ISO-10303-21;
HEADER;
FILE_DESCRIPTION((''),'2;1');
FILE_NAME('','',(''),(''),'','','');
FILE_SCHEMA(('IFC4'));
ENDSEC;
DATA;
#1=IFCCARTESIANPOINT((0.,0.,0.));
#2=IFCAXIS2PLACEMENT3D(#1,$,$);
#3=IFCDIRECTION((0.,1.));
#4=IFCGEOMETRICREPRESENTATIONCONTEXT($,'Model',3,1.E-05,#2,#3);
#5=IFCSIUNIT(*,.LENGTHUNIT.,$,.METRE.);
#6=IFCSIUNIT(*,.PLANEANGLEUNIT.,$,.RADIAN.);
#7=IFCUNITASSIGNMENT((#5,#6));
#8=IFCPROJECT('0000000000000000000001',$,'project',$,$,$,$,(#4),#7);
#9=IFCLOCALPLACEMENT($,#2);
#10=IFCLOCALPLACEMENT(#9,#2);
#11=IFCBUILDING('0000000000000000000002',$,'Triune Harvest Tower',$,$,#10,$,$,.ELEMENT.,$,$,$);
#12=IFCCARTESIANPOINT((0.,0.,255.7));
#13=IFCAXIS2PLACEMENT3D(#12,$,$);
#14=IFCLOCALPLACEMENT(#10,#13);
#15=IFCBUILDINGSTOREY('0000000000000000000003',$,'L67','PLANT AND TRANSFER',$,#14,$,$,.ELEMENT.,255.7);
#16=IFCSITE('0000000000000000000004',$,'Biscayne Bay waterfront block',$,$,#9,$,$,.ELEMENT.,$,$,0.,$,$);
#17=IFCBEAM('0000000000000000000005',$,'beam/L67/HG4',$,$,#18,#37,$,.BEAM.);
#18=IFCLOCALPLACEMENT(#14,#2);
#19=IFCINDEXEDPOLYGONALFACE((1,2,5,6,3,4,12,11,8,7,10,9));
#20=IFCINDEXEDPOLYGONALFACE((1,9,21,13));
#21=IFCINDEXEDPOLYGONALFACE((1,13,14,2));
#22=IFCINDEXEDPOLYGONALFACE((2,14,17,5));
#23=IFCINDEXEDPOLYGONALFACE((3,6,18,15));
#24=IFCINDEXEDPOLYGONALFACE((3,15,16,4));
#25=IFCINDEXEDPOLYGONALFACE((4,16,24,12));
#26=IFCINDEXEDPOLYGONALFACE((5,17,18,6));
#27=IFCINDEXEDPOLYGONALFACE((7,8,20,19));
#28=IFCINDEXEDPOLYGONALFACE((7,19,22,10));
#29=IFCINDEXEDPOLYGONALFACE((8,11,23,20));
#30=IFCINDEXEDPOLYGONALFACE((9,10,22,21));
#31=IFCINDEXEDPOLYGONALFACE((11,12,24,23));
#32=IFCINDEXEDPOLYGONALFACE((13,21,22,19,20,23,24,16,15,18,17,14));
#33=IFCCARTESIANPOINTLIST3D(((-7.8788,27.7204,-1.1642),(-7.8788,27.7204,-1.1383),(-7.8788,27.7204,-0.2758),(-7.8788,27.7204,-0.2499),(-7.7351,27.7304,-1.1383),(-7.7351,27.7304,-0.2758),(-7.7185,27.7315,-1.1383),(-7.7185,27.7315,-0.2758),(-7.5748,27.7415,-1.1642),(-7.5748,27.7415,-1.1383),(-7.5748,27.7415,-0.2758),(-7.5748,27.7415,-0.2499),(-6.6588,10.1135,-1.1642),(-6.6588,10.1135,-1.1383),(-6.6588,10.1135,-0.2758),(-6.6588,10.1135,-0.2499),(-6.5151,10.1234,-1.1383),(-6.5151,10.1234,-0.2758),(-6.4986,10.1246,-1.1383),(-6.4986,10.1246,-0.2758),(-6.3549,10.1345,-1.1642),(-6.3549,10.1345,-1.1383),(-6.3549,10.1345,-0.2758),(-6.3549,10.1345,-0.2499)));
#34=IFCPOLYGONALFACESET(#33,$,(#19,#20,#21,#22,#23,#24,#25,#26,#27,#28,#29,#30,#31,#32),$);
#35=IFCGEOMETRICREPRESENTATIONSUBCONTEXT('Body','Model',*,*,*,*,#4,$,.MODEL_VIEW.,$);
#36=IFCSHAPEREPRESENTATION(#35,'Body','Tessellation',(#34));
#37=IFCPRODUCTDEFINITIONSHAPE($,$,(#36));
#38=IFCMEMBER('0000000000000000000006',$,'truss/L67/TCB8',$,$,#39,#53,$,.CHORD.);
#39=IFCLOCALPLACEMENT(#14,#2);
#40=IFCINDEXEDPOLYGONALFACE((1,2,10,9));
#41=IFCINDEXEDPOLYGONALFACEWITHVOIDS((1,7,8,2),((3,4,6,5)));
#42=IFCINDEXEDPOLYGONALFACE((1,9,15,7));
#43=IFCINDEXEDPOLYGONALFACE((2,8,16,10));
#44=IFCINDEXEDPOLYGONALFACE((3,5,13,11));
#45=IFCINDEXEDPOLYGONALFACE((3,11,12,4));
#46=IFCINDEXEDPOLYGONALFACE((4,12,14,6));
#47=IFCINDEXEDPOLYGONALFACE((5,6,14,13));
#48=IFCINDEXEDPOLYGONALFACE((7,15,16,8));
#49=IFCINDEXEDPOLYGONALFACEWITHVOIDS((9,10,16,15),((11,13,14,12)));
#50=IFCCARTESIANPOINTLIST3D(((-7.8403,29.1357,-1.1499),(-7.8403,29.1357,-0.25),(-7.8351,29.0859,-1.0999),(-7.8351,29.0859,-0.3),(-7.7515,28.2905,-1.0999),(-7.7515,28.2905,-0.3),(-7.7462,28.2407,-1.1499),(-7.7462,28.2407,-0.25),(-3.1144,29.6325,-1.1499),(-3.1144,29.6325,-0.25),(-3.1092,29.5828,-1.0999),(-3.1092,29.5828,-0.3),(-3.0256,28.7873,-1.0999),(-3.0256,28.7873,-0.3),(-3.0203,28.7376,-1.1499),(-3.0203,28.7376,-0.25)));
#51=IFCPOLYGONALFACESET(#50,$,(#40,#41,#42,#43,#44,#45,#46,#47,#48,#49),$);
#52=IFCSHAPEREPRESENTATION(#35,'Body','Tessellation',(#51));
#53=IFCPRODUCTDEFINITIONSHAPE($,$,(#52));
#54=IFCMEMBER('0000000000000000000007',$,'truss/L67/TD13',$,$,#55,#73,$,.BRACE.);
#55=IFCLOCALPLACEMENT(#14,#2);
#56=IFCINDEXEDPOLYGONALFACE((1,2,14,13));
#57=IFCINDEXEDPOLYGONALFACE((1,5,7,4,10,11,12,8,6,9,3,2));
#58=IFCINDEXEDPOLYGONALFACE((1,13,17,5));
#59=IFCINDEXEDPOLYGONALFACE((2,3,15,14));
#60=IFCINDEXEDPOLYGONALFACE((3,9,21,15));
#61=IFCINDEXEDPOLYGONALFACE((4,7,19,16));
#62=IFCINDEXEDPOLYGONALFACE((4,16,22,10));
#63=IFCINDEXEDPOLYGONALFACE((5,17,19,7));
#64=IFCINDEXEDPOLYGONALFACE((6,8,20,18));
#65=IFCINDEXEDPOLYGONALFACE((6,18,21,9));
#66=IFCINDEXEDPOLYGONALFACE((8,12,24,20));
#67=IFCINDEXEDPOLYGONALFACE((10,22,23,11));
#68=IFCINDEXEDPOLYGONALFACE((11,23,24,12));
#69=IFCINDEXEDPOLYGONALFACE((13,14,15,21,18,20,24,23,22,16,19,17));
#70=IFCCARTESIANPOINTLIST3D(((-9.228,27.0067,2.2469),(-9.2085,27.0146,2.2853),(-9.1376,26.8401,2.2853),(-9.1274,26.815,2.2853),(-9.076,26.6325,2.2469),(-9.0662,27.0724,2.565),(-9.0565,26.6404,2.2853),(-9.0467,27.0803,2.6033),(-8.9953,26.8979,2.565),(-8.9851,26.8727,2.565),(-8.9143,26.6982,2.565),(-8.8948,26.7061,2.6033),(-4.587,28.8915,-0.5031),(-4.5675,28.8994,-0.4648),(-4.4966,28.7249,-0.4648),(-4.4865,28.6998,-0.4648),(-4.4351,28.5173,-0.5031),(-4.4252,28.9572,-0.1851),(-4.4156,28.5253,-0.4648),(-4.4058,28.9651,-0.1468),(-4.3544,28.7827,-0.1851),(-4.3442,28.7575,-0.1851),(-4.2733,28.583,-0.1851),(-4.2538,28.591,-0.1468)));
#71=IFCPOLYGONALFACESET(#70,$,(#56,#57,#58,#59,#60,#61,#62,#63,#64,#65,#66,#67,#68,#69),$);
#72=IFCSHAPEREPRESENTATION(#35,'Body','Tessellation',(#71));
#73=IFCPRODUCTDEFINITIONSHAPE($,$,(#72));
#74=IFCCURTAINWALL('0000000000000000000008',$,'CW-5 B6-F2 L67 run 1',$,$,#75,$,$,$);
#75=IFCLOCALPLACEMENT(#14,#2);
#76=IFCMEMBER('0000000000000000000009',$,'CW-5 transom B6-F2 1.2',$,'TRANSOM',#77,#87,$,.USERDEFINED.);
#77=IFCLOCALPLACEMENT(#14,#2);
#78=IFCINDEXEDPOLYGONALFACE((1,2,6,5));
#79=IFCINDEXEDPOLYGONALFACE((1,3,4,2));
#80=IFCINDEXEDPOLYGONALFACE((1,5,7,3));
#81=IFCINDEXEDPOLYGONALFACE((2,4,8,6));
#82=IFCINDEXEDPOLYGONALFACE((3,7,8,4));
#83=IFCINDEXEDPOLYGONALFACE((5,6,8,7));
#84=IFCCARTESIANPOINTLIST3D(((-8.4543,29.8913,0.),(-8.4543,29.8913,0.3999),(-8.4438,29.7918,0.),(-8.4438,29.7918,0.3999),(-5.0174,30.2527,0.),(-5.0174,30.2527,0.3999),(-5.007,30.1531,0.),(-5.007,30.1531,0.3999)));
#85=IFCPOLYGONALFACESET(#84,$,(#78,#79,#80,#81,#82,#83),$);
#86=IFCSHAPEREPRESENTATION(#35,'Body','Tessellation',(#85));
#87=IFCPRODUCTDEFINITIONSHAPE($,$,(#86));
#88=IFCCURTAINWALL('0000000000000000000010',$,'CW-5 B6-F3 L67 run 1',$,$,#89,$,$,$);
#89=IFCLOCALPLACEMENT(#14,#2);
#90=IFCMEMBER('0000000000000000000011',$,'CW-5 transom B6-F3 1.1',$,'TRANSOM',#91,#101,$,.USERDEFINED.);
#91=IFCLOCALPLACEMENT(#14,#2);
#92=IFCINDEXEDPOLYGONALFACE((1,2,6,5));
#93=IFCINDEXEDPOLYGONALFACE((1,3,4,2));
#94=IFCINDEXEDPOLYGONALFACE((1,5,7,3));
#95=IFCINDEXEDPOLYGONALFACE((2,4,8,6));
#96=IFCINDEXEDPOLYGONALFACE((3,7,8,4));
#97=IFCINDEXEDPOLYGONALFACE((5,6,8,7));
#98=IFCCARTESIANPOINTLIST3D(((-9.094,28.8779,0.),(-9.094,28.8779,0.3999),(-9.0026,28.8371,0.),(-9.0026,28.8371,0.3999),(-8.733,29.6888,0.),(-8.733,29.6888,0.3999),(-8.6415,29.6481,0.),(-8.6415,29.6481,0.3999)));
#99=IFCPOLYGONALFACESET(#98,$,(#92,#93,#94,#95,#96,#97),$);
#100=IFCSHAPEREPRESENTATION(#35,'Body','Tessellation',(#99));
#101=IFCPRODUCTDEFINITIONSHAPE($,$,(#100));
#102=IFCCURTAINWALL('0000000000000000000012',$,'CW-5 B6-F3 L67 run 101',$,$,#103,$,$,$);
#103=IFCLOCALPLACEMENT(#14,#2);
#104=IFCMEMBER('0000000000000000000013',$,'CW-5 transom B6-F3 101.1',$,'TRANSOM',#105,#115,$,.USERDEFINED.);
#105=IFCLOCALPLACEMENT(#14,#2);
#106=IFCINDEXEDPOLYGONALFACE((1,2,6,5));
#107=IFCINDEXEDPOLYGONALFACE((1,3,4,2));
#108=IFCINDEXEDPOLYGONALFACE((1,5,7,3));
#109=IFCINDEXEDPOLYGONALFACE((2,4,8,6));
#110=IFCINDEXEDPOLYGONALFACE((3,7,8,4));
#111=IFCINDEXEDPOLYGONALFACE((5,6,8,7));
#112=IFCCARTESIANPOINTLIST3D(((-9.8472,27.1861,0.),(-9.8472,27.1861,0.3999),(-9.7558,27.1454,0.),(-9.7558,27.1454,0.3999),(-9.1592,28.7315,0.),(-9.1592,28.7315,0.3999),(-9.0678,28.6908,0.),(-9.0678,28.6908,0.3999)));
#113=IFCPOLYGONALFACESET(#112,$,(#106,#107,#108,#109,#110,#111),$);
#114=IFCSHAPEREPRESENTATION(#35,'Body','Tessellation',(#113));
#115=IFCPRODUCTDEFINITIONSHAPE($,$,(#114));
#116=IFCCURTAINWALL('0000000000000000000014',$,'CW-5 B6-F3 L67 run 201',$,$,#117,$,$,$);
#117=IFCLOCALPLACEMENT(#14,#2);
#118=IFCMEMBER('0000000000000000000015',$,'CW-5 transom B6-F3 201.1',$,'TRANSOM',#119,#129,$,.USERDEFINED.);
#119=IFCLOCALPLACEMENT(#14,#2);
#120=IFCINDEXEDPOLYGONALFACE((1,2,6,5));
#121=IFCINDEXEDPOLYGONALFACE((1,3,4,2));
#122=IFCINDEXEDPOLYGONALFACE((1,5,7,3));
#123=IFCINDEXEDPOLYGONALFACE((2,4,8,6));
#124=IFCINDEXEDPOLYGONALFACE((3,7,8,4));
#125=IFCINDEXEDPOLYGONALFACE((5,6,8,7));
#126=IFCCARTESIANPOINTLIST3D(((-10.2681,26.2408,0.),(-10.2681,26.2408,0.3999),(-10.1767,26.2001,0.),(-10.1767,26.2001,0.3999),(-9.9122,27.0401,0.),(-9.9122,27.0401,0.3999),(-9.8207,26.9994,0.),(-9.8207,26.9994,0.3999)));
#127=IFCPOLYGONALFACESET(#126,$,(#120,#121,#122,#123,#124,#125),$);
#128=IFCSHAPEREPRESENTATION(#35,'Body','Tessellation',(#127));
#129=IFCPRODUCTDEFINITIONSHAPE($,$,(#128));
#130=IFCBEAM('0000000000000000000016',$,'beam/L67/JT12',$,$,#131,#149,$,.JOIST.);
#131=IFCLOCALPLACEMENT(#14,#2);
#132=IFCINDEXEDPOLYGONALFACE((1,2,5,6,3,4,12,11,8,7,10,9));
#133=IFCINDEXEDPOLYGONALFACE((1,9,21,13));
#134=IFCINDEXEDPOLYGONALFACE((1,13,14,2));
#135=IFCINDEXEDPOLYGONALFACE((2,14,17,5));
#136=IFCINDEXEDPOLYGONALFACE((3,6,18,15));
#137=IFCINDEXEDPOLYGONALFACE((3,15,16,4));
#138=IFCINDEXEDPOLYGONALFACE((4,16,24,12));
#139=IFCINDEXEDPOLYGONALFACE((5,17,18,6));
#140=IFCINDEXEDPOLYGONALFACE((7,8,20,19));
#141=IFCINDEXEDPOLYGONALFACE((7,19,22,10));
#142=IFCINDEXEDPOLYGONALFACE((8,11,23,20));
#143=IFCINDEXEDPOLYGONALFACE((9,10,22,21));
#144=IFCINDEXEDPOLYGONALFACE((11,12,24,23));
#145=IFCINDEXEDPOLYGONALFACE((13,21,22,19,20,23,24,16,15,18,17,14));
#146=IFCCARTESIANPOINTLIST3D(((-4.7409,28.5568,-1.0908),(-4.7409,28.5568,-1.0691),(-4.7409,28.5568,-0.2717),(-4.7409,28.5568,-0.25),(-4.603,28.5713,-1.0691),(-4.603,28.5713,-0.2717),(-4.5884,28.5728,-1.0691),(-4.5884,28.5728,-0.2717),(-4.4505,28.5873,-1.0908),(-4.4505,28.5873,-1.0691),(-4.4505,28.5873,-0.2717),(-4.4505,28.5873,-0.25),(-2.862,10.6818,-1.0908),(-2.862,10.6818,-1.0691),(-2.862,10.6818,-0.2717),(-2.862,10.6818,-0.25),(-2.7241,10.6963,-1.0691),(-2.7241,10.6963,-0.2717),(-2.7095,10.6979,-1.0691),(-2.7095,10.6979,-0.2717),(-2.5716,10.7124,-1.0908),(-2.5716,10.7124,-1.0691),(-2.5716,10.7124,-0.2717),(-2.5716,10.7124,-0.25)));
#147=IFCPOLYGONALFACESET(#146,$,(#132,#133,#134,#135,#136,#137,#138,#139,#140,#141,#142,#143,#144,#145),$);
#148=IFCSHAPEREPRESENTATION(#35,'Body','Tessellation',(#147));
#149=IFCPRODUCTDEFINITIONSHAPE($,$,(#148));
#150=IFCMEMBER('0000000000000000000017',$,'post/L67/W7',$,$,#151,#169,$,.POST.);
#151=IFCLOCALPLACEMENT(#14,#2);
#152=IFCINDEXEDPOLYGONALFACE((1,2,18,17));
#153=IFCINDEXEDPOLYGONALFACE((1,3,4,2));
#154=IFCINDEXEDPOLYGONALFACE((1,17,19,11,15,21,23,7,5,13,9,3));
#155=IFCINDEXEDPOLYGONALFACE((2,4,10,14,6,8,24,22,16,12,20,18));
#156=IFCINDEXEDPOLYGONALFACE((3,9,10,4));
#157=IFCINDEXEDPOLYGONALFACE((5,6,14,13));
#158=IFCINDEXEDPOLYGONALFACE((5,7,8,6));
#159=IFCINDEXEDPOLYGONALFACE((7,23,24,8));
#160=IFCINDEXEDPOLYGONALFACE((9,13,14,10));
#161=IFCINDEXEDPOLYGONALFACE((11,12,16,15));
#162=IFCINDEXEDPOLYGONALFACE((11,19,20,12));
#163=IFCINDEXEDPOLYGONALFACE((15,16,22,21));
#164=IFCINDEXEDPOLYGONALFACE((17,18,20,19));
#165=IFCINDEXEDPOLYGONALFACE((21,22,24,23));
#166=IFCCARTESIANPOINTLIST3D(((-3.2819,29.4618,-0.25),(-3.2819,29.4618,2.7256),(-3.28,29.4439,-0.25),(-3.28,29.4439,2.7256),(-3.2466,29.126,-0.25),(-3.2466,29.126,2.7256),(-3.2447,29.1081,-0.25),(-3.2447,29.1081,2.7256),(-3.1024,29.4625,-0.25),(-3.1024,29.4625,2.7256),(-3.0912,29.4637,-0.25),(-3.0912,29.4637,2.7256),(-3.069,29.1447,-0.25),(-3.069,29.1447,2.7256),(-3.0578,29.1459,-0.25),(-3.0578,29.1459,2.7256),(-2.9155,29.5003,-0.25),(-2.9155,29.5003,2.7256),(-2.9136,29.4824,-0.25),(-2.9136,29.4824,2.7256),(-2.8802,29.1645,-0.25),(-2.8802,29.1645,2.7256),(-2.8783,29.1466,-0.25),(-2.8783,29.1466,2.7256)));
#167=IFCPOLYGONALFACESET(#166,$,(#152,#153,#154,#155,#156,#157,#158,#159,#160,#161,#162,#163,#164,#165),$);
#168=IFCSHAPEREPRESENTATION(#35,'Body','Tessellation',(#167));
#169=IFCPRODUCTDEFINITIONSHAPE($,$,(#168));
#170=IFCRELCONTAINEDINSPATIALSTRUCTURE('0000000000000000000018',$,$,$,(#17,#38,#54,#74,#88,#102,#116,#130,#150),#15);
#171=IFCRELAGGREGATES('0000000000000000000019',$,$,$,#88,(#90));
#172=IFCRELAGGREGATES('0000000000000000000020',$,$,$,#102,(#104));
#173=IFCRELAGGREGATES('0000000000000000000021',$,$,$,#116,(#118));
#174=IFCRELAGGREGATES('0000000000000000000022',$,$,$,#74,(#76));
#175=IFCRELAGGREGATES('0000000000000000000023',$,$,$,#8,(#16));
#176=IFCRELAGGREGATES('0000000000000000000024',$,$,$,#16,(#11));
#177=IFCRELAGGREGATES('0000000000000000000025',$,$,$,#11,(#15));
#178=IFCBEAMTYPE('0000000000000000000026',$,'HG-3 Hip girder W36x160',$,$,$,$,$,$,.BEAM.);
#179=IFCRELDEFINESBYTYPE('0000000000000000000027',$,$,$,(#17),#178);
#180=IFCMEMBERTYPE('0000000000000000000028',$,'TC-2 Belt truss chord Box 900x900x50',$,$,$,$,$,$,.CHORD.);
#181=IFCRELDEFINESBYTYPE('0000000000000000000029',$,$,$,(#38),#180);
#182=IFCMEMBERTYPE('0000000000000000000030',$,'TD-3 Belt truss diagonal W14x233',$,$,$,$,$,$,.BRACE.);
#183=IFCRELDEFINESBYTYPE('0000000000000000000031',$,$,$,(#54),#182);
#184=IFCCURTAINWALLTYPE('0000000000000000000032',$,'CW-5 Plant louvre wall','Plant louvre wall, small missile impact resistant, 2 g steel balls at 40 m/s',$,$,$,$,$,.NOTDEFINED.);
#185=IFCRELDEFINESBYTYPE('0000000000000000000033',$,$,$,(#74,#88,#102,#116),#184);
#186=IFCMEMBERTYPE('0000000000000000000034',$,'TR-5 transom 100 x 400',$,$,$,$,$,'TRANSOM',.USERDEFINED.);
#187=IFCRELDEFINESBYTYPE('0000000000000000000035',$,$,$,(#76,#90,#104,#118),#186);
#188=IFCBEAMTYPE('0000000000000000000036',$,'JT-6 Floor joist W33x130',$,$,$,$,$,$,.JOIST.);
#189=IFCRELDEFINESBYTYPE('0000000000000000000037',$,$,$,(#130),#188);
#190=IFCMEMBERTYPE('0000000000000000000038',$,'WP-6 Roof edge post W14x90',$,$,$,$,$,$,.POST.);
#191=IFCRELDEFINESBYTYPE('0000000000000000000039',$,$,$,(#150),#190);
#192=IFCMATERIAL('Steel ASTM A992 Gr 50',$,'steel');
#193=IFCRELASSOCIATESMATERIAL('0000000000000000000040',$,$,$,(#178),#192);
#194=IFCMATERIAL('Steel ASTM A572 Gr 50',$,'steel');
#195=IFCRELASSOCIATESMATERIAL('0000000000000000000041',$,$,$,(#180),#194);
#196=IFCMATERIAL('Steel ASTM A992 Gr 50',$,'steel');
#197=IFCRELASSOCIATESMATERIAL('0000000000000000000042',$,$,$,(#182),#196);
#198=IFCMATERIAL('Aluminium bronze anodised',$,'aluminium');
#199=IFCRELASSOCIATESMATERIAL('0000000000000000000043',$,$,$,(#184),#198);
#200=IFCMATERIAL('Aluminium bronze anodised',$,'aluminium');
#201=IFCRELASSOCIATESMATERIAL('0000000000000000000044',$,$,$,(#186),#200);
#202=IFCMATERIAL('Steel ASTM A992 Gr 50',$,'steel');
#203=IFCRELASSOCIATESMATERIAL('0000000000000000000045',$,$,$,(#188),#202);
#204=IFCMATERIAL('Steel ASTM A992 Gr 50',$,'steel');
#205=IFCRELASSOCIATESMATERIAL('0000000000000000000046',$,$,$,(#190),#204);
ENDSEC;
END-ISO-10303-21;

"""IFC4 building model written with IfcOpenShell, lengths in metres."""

from ifc_helpers import new_model, si_unit, direction, frame, origin, origin_2d, place, context, subcontext, project, spatial, rectangle, hollow_rectangle, i_section, extrude, source, transform, mapped, material, material_profile, profile_set, type_object, element, aggregate, save


model = new_model("IFC4")

# Units and contexts
model_context = context("Model", 3, precision=1e-05, world=origin(), true_north=direction((0.0, 1.0)))
body_context = subcontext(model_context, "Body", "Model", "MODEL_VIEW")
ifc_project = project(units=[si_unit("LENGTHUNIT", "METRE"), si_unit("PLANEANGLEUNIT", "RADIAN")], contexts=[model_context])

# Site, building, storey
site_placement = place(None, origin())
site = spatial("IfcSite", under=ifc_project, at=site_placement, Name="Biscayne Bay waterfront block", CompositionType="ELEMENT", RefElevation=0.0)
building_placement = place(site_placement, origin())
building = spatial("IfcBuilding", under=site, at=building_placement, Name="Triune Harvest Tower", CompositionType="ELEMENT")
storey_placement = place(building_placement, frame((0.0, 0.0, 255.7)))
storey = spatial("IfcBuildingStorey", under=building, at=storey_placement, Name="L67", Description="PLANT AND TRANSFER", CompositionType="ELEMENT", Elevation=255.7)

# Beam
ifc_material_1 = material(Name="Steel ASTM A992 Gr 50", Category="steel")
ifc_material_profile_1 = material_profile(ifc_material_1, i_section(OverallWidth=0.3047, OverallDepth=0.9143, WebThickness=0.0166, FlangeThickness=0.0259, at=origin_2d()), Name="W36x160")
ifc_profile_set_1 = profile_set([ifc_material_profile_1], Name="Steel ASTM A992 Gr 50")
beam_type_1 = type_object("IfcBeamType", Name="HG-3 Hip girder W36x160", PredefinedType="BEAM", material=ifc_profile_set_1)
beam_1_placement = place(storey_placement, frame((-7.7268, 27.731, -0.707), z_axis=(0.069123, -0.997608, 0.0), x_axis=(0.997608, 0.069123, 0.0)))
element("IfcBeam", 1, at=beam_1_placement, inside=storey, type_object=beam_type_1, Name="beam/L67/HG4", PredefinedType="BEAM", context=body_context, shape_type="SweptSolid", body=[
    extrude(i_section(OverallWidth=0.3047, OverallDepth=0.9143, WebThickness=0.0166, FlangeThickness=0.0259, at=origin_2d()), origin(), (0.0, 0.0, 1.0), 17.6492),
])

# Members
ifc_material_2 = material(Name="Steel ASTM A572 Gr 50", Category="steel")
ifc_material_profile_2 = material_profile(ifc_material_2, hollow_rectangle(XDim=0.8999, YDim=0.8999, WallThickness=0.05, at=origin_2d()), Name="Box 900x900x50")
ifc_profile_set_2 = profile_set([ifc_material_profile_2], Name="Steel ASTM A572 Gr 50")
member_type_1 = type_object("IfcMemberType", Name="TC-2 Belt truss chord Box 900x900x50", PredefinedType="CHORD", material=ifc_profile_set_2)
member_1_placement = place(storey_placement, frame((-3.0674, 29.1851, -0.7), z_axis=(-0.994519, -0.104554, 0.0), x_axis=(0.104554, -0.994519, 0.0)))
element("IfcMember", 2, at=member_1_placement, inside=storey, type_object=member_type_1, Name="truss/L67/TCB8", PredefinedType="CHORD", context=body_context, shape_type="SweptSolid", body=[
    extrude(hollow_rectangle(XDim=0.8999, YDim=0.8999, WallThickness=0.05, at=origin_2d()), origin(), (0.0, 0.0, 1.0), 4.752),
])
ifc_material_3 = material(Name="Steel ASTM A992 Gr 50", Category="steel")
ifc_material_profile_3 = material_profile(ifc_material_3, i_section(OverallWidth=0.4038, OverallDepth=0.4065, WebThickness=0.0271, FlangeThickness=0.0437, at=origin_2d()), Name="W14x233")
ifc_profile_set_3 = profile_set([ifc_material_profile_3], Name="Steel ASTM A992 Gr 50")
member_type_2 = type_object("IfcMemberType", Name="TD-3 Belt truss diagonal W14x233", PredefinedType="BRACE", material=ifc_profile_set_3)
member_2_placement = place(storey_placement, frame((-4.4204, 28.7412, -0.325), z_axis=(-0.812159, -0.329837, 0.481254), x_axis=(0.376276, -0.926507, 0.0)))
element("IfcMember", 3, at=member_2_placement, inside=storey, type_object=member_type_2, Name="truss/L67/TD13", PredefinedType="BRACE", context=body_context, shape_type="SweptSolid", body=[
    extrude(i_section(OverallWidth=0.4038, OverallDepth=0.4065, WebThickness=0.0271, FlangeThickness=0.0437, at=origin_2d()), origin(), (0.0, 0.0, 1.0), 5.7144),
])

# Curtain walls, members
ifc_material_4 = material(Name="Aluminium bronze anodised", Category="aluminium")
curtain_wall_type = type_object("IfcCurtainWallType", Name="CW-5 Plant louvre wall", Description="Plant louvre wall, small missile impact resistant, 2 g steel balls at 40 m/s", PredefinedType="NOTDEFINED", material=ifc_material_4)
curtain_wall_1_placement = place(storey_placement, origin())
curtain_wall_1 = element("IfcCurtainWall", 4, at=curtain_wall_1_placement, inside=storey, type_object=curtain_wall_type, Name="CW-5 B6-F2 L67 run 1")
ifc_material_5 = material(Name="Aluminium bronze anodised", Category="aluminium")
ifc_material_profile_4 = material_profile(ifc_material_5, rectangle(XDim=0.1001, YDim=0.3999, at=origin_2d()), Name="TR-5 transom 100 x 400")
ifc_profile_set_4 = profile_set([ifc_material_profile_4], Name="Aluminium bronze anodised")
member_type_3 = type_object("IfcMemberType", Name="TR-5 transom 100 x 400", ElementType="TRANSOM", PredefinedType="USERDEFINED", material=ifc_profile_set_4)
member_3_placement = place(storey_placement, frame((-5.0122, 30.2029, 0.2), z_axis=(-0.994519, -0.10456, 0.0), x_axis=(0.10456, -0.994519, 0.0)))
member_3 = element("IfcMember", 5, at=member_3_placement, type_object=member_type_3, Name="CW-5 transom B6-F2 1.2", ObjectType="TRANSOM", PredefinedType="USERDEFINED", context=body_context, shape_type="SweptSolid", body=[
    extrude(rectangle(XDim=0.1001, YDim=0.3999, at=origin_2d()), origin(), (0.0, 0.0, 1.0), 3.4558),
])
curtain_wall_2_placement = place(storey_placement, origin())
curtain_wall_2 = element("IfcCurtainWall", 6, at=curtain_wall_2_placement, inside=storey, type_object=curtain_wall_type, Name="CW-5 B6-F3 L67 run 1")
member_4_placement = place(storey_placement, frame((-8.6873, 29.6685, 0.2), z_axis=(-0.406725, -0.913551, 0.0), x_axis=(0.913551, -0.406725, 0.0)))
member_4 = element("IfcMember", 7, at=member_4_placement, type_object=member_type_3, Name="CW-5 transom B6-F3 1.1", ObjectType="TRANSOM", PredefinedType="USERDEFINED", context=body_context, shape_type="SweptSolid", body=[
    extrude(rectangle(XDim=0.1001, YDim=0.3999, at=origin_2d()), origin(), (0.0, 0.0, 1.0), 0.8877),
])
curtain_wall_3_placement = place(storey_placement, origin())
curtain_wall_3 = element("IfcCurtainWall", 8, at=curtain_wall_3_placement, inside=storey, type_object=curtain_wall_type, Name="CW-5 B6-F3 L67 run 101")
member_5_placement = place(storey_placement, frame((-9.1135, 28.7112, 0.2), z_axis=(-0.406701, -0.913561, 0.0), x_axis=(0.913561, -0.406701, 0.0)))
member_5 = element("IfcMember", 9, at=member_5_placement, type_object=member_type_3, Name="CW-5 transom B6-F3 101.1", ObjectType="TRANSOM", PredefinedType="USERDEFINED", context=body_context, shape_type="SweptSolid", body=[
    extrude(rectangle(XDim=0.1001, YDim=0.3999, at=origin_2d()), origin(), (0.0, 0.0, 1.0), 1.6917),
])
curtain_wall_4_placement = place(storey_placement, origin())
curtain_wall_4 = element("IfcCurtainWall", 10, at=curtain_wall_4_placement, inside=storey, type_object=curtain_wall_type, Name="CW-5 B6-F3 L67 run 201")
member_6_placement = place(storey_placement, frame((-9.8665, 27.0198, 0.2), z_axis=(-0.406811, -0.913512, 0.0), x_axis=(0.913512, -0.406811, 0.0)))
member_6 = element("IfcMember", 11, at=member_6_placement, type_object=member_type_3, Name="CW-5 transom B6-F3 201.1", ObjectType="TRANSOM", PredefinedType="USERDEFINED", context=body_context, shape_type="SweptSolid", body=[
    extrude(rectangle(XDim=0.1001, YDim=0.3999, at=origin_2d()), origin(), (0.0, 0.0, 1.0), 0.875),
])

# Beam
ifc_material_6 = material(Name="Steel ASTM A992 Gr 50", Category="steel")
ifc_material_profile_5 = material_profile(ifc_material_6, i_section(OverallWidth=0.292, OverallDepth=0.8408, WebThickness=0.0146, FlangeThickness=0.0217, at=origin_2d()), Name="W33x130")
ifc_profile_set_5 = profile_set([ifc_material_profile_5], Name="Steel ASTM A992 Gr 50")
beam_type_2 = type_object("IfcBeamType", Name="JT-6 Floor joist W33x130", PredefinedType="JOIST", material=ifc_profile_set_5)
shared_shape_1 = source(origin(), body_context, "Body", "SweptSolid", [
    extrude(i_section(OverallWidth=0.292, OverallDepth=0.8408, WebThickness=0.0146, FlangeThickness=0.0217, at=origin_2d()), origin(), (0.0, 0.0, 1.0), 17.9734),
])
beam_2_placement = place(storey_placement, frame((-4.5957, 28.572, -0.6704), z_axis=(0.104538, -0.994521, 0.0), x_axis=(0.994521, 0.104538, 0.0)))
element("IfcBeam", 12, at=beam_2_placement, inside=storey, type_object=beam_type_2, Name="beam/L67/JT12", PredefinedType="JOIST", context=body_context, shape_type="MappedRepresentation", body=[
    mapped(shared_shape_1, transform((0.0, 0.0, 0.0), scale=1.0)),
])

# Member
ifc_material_7 = material(Name="Steel ASTM A992 Gr 50", Category="steel")
ifc_material_profile_6 = material_profile(ifc_material_7, i_section(OverallWidth=0.3684, OverallDepth=0.3557, WebThickness=0.0112, FlangeThickness=0.0181, at=origin_2d()), Name="W14x90")
ifc_profile_set_6 = profile_set([ifc_material_profile_6], Name="Steel ASTM A992 Gr 50")
member_type_4 = type_object("IfcMemberType", Name="WP-6 Roof edge post W14x90", PredefinedType="POST", material=ifc_profile_set_6)
shared_shape_2 = source(origin(), body_context, "Body", "SweptSolid", [
    extrude(i_section(OverallWidth=0.3684, OverallDepth=0.3557, WebThickness=0.0112, FlangeThickness=0.0181, at=origin_2d()), origin(), (0.0, 0.0, 1.0), 2.9756),
])
for number, where, z_axis, x_axis, name in (
    (13, (-3.0801, 29.3042, -0.25), (0.0, 0.0, 1.0), (-0.994522, -0.104528, 0.0), "post/L67/W7"),
):
    element("IfcMember", number, at=place(storey_placement, frame(where, z_axis=z_axis, x_axis=x_axis)), inside=storey, type_object=member_type_4, Name=name, PredefinedType="POST", context=body_context, shape_type="MappedRepresentation", body=[
        mapped(shared_shape_2, transform((0.0, 0.0, 0.0), scale=1.0)),
    ])

aggregate(curtain_wall_2, [member_4])
aggregate(curtain_wall_3, [member_5])
aggregate(curtain_wall_4, [member_6])
aggregate(curtain_wall_1, [member_3])

save(model, "model.ifc")
